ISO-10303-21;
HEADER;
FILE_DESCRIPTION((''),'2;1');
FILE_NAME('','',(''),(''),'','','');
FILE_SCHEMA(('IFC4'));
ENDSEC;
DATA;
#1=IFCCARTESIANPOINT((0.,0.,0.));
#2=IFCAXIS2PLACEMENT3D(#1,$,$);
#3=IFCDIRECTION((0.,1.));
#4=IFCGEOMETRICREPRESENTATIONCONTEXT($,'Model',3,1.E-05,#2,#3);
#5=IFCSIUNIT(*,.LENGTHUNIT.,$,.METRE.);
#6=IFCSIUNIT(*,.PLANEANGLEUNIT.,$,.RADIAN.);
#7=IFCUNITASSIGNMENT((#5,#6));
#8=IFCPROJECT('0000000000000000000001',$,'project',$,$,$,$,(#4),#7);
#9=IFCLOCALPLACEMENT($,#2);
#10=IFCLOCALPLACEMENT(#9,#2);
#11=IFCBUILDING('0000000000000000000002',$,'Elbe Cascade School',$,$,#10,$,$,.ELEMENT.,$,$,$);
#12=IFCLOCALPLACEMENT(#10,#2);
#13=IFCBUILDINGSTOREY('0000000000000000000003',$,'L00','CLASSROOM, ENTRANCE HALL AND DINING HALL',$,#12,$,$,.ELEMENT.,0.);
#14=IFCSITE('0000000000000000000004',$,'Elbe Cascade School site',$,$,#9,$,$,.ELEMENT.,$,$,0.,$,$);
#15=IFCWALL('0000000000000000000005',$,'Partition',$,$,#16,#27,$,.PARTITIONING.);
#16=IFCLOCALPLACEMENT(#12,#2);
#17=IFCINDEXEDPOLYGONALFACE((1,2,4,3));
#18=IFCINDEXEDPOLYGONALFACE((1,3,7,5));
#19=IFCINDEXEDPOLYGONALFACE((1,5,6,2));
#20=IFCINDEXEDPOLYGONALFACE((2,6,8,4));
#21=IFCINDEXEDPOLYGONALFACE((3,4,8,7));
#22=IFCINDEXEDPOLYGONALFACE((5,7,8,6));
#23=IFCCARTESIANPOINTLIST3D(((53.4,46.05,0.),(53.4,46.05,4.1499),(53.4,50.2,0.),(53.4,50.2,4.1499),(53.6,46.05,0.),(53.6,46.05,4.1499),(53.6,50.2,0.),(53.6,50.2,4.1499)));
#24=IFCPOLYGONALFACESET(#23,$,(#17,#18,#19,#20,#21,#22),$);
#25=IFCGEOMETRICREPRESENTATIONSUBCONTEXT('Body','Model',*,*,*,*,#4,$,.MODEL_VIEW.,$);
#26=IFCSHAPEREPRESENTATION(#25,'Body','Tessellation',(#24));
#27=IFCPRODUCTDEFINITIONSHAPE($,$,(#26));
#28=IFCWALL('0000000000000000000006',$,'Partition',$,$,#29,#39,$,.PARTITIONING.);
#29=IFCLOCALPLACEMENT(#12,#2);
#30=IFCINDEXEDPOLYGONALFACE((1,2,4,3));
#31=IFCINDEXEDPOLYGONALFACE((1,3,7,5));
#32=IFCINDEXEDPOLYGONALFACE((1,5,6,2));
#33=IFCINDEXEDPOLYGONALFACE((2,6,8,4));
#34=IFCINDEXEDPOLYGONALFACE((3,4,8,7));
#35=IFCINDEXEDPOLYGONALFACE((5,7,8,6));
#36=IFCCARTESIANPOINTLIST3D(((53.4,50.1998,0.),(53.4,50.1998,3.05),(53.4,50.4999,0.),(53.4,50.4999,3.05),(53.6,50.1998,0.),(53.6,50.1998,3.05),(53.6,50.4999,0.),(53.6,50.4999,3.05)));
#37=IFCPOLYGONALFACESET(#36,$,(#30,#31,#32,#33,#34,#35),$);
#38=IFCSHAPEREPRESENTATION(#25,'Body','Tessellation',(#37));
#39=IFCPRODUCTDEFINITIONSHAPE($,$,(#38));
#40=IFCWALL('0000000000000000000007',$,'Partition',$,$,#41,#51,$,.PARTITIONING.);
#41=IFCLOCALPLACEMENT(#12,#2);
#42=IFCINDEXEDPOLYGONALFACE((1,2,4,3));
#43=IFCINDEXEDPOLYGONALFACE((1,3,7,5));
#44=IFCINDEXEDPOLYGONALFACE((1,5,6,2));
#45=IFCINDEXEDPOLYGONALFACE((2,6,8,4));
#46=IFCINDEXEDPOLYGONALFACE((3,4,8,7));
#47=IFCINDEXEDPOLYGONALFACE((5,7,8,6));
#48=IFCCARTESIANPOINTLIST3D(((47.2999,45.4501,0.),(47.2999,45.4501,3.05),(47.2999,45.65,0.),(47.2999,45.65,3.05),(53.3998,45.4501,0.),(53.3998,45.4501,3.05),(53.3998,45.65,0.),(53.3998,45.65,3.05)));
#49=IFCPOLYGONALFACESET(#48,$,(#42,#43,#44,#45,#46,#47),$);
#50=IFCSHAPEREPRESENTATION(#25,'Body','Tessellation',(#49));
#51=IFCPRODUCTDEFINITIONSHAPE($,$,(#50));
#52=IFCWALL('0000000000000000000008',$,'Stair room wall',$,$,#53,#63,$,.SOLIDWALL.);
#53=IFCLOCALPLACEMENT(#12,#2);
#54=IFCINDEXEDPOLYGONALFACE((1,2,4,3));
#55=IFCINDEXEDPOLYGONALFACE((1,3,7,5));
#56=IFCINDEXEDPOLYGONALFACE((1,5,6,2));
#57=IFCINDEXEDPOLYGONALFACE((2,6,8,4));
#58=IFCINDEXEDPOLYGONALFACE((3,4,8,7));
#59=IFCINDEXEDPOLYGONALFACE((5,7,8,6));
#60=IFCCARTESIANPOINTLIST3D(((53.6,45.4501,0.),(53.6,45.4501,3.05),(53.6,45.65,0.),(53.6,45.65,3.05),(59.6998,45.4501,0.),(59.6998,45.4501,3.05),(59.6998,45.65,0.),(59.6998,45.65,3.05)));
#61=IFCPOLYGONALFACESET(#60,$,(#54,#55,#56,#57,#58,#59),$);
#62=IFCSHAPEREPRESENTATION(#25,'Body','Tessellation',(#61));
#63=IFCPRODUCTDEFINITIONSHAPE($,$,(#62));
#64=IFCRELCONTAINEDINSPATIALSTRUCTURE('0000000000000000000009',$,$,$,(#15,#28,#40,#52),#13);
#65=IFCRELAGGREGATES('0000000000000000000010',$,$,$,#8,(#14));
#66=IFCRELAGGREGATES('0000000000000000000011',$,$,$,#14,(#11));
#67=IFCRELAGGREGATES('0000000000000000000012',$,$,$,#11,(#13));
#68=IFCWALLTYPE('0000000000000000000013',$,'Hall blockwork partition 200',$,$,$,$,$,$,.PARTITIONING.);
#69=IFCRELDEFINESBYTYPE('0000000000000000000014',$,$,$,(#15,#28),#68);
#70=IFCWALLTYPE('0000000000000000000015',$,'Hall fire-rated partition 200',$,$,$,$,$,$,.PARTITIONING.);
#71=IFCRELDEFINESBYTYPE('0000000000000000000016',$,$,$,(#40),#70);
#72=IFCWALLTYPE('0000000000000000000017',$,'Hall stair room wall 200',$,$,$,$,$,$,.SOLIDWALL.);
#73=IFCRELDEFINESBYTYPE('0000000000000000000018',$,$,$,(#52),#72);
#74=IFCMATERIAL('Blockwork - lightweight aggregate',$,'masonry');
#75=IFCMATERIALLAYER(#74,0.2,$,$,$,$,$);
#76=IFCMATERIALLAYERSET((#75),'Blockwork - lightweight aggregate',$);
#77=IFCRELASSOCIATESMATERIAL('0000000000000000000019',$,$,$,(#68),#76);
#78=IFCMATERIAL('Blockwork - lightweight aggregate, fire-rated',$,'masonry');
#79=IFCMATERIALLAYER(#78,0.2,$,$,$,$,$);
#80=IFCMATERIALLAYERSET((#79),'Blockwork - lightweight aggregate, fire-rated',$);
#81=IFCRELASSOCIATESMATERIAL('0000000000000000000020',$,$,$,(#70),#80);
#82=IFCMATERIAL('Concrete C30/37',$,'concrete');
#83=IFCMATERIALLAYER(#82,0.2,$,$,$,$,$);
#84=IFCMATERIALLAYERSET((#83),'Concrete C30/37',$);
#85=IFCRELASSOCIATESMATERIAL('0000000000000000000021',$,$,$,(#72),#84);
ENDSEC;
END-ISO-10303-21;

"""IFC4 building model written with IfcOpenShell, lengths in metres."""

from ifc_helpers import new_model, si_unit, direction, frame, frame_2d, origin, place, context, subcontext, project, spatial, rectangle, extrude, material, layer, layer_set, type_object, element, save


model = new_model("IFC4")

# Units and contexts
model_context = context("Model", 3, precision=1e-05, world=origin(), true_north=direction((0.0, 1.0)))
body_context = subcontext(model_context, "Body", "Model", "MODEL_VIEW")
ifc_project = project(units=[si_unit("LENGTHUNIT", "METRE"), si_unit("PLANEANGLEUNIT", "RADIAN")], contexts=[model_context])

# Site, building, storey
site_placement = place(None, origin())
site = spatial("IfcSite", under=ifc_project, at=site_placement, Name="Elbe Cascade School site", CompositionType="ELEMENT", RefElevation=0.0)
building_placement = place(site_placement, origin())
building = spatial("IfcBuilding", under=site, at=building_placement, Name="Elbe Cascade School", CompositionType="ELEMENT")
storey_placement = place(building_placement, origin())
storey = spatial("IfcBuildingStorey", under=building, at=storey_placement, Name="L00", Description="CLASSROOM, ENTRANCE HALL AND DINING HALL", CompositionType="ELEMENT", Elevation=0.0)

# Shared definitions
ifc_material_1 = material(Name="Blockwork - lightweight aggregate", Category="masonry")
ifc_layer_1 = layer(ifc_material_1, 0.2)
ifc_layer_set_1 = layer_set([ifc_layer_1], Name="Blockwork - lightweight aggregate")
wall_type_1 = type_object("IfcWallType", Name="Hall blockwork partition 200", PredefinedType="PARTITIONING", material=ifc_layer_set_1)

# Walls
wall_1_placement = place(storey_placement, frame((53.5, 46.05, 0.0), z_axis=(0.0, 0.0, 1.0), x_axis=(0.0, 1.0, 0.0)))
element("IfcWall", 1, at=wall_1_placement, inside=storey, type_object=wall_type_1, Name="Partition", PredefinedType="PARTITIONING", context=body_context, shape_type="SweptSolid", body=[
    extrude(rectangle(XDim=4.1499, YDim=0.2, at=frame_2d((2.075, 0.0))), origin(), (0.0, 0.0, 1.0), 4.1499),
])
wall_2_placement = place(storey_placement, frame((53.5, 50.2, 0.0), z_axis=(0.0, 0.0, 1.0), x_axis=(0.0, 1.0, 0.0)))
element("IfcWall", 2, at=wall_2_placement, inside=storey, type_object=wall_type_1, Name="Partition", PredefinedType="PARTITIONING", context=body_context, shape_type="SweptSolid", body=[
    extrude(rectangle(XDim=0.3, YDim=0.2, at=frame_2d((0.1499, 0.0))), origin(), (0.0, 0.0, 1.0), 3.05),
])
ifc_material_2 = material(Name="Blockwork - lightweight aggregate, fire-rated", Category="masonry")
ifc_layer_2 = layer(ifc_material_2, 0.2)
ifc_layer_set_2 = layer_set([ifc_layer_2], Name="Blockwork - lightweight aggregate, fire-rated")
wall_type_2 = type_object("IfcWallType", Name="Hall fire-rated partition 200", PredefinedType="PARTITIONING", material=ifc_layer_set_2)
wall_3_placement = place(storey_placement, frame((47.3, 45.55, 0.0), z_axis=(0.0, 0.0, 1.0), x_axis=(1.0, 0.0, 0.0)))
element("IfcWall", 3, at=wall_3_placement, inside=storey, type_object=wall_type_2, Name="Partition", PredefinedType="PARTITIONING", context=body_context, shape_type="SweptSolid", body=[
    extrude(rectangle(XDim=6.0999, YDim=0.2, at=frame_2d((3.0498, 0.0))), origin(), (0.0, 0.0, 1.0), 3.05),
])
ifc_material_3 = material(Name="Concrete C30/37", Category="concrete")
ifc_layer_3 = layer(ifc_material_3, 0.2)
ifc_layer_set_3 = layer_set([ifc_layer_3], Name="Concrete C30/37")
wall_type_3 = type_object("IfcWallType", Name="Hall stair room wall 200", PredefinedType="SOLIDWALL", material=ifc_layer_set_3)
wall_4_placement = place(storey_placement, frame((53.6001, 45.55, 0.0), z_axis=(0.0, 0.0, 1.0), x_axis=(1.0, 0.0, 0.0)))
element("IfcWall", 4, at=wall_4_placement, inside=storey, type_object=wall_type_3, Name="Stair room wall", PredefinedType="SOLIDWALL", context=body_context, shape_type="SweptSolid", body=[
    extrude(rectangle(XDim=6.0999, YDim=0.2, at=frame_2d((3.0498, 0.0))), origin(), (0.0, 0.0, 1.0), 3.05),
])

save(model, "model.ifc")
